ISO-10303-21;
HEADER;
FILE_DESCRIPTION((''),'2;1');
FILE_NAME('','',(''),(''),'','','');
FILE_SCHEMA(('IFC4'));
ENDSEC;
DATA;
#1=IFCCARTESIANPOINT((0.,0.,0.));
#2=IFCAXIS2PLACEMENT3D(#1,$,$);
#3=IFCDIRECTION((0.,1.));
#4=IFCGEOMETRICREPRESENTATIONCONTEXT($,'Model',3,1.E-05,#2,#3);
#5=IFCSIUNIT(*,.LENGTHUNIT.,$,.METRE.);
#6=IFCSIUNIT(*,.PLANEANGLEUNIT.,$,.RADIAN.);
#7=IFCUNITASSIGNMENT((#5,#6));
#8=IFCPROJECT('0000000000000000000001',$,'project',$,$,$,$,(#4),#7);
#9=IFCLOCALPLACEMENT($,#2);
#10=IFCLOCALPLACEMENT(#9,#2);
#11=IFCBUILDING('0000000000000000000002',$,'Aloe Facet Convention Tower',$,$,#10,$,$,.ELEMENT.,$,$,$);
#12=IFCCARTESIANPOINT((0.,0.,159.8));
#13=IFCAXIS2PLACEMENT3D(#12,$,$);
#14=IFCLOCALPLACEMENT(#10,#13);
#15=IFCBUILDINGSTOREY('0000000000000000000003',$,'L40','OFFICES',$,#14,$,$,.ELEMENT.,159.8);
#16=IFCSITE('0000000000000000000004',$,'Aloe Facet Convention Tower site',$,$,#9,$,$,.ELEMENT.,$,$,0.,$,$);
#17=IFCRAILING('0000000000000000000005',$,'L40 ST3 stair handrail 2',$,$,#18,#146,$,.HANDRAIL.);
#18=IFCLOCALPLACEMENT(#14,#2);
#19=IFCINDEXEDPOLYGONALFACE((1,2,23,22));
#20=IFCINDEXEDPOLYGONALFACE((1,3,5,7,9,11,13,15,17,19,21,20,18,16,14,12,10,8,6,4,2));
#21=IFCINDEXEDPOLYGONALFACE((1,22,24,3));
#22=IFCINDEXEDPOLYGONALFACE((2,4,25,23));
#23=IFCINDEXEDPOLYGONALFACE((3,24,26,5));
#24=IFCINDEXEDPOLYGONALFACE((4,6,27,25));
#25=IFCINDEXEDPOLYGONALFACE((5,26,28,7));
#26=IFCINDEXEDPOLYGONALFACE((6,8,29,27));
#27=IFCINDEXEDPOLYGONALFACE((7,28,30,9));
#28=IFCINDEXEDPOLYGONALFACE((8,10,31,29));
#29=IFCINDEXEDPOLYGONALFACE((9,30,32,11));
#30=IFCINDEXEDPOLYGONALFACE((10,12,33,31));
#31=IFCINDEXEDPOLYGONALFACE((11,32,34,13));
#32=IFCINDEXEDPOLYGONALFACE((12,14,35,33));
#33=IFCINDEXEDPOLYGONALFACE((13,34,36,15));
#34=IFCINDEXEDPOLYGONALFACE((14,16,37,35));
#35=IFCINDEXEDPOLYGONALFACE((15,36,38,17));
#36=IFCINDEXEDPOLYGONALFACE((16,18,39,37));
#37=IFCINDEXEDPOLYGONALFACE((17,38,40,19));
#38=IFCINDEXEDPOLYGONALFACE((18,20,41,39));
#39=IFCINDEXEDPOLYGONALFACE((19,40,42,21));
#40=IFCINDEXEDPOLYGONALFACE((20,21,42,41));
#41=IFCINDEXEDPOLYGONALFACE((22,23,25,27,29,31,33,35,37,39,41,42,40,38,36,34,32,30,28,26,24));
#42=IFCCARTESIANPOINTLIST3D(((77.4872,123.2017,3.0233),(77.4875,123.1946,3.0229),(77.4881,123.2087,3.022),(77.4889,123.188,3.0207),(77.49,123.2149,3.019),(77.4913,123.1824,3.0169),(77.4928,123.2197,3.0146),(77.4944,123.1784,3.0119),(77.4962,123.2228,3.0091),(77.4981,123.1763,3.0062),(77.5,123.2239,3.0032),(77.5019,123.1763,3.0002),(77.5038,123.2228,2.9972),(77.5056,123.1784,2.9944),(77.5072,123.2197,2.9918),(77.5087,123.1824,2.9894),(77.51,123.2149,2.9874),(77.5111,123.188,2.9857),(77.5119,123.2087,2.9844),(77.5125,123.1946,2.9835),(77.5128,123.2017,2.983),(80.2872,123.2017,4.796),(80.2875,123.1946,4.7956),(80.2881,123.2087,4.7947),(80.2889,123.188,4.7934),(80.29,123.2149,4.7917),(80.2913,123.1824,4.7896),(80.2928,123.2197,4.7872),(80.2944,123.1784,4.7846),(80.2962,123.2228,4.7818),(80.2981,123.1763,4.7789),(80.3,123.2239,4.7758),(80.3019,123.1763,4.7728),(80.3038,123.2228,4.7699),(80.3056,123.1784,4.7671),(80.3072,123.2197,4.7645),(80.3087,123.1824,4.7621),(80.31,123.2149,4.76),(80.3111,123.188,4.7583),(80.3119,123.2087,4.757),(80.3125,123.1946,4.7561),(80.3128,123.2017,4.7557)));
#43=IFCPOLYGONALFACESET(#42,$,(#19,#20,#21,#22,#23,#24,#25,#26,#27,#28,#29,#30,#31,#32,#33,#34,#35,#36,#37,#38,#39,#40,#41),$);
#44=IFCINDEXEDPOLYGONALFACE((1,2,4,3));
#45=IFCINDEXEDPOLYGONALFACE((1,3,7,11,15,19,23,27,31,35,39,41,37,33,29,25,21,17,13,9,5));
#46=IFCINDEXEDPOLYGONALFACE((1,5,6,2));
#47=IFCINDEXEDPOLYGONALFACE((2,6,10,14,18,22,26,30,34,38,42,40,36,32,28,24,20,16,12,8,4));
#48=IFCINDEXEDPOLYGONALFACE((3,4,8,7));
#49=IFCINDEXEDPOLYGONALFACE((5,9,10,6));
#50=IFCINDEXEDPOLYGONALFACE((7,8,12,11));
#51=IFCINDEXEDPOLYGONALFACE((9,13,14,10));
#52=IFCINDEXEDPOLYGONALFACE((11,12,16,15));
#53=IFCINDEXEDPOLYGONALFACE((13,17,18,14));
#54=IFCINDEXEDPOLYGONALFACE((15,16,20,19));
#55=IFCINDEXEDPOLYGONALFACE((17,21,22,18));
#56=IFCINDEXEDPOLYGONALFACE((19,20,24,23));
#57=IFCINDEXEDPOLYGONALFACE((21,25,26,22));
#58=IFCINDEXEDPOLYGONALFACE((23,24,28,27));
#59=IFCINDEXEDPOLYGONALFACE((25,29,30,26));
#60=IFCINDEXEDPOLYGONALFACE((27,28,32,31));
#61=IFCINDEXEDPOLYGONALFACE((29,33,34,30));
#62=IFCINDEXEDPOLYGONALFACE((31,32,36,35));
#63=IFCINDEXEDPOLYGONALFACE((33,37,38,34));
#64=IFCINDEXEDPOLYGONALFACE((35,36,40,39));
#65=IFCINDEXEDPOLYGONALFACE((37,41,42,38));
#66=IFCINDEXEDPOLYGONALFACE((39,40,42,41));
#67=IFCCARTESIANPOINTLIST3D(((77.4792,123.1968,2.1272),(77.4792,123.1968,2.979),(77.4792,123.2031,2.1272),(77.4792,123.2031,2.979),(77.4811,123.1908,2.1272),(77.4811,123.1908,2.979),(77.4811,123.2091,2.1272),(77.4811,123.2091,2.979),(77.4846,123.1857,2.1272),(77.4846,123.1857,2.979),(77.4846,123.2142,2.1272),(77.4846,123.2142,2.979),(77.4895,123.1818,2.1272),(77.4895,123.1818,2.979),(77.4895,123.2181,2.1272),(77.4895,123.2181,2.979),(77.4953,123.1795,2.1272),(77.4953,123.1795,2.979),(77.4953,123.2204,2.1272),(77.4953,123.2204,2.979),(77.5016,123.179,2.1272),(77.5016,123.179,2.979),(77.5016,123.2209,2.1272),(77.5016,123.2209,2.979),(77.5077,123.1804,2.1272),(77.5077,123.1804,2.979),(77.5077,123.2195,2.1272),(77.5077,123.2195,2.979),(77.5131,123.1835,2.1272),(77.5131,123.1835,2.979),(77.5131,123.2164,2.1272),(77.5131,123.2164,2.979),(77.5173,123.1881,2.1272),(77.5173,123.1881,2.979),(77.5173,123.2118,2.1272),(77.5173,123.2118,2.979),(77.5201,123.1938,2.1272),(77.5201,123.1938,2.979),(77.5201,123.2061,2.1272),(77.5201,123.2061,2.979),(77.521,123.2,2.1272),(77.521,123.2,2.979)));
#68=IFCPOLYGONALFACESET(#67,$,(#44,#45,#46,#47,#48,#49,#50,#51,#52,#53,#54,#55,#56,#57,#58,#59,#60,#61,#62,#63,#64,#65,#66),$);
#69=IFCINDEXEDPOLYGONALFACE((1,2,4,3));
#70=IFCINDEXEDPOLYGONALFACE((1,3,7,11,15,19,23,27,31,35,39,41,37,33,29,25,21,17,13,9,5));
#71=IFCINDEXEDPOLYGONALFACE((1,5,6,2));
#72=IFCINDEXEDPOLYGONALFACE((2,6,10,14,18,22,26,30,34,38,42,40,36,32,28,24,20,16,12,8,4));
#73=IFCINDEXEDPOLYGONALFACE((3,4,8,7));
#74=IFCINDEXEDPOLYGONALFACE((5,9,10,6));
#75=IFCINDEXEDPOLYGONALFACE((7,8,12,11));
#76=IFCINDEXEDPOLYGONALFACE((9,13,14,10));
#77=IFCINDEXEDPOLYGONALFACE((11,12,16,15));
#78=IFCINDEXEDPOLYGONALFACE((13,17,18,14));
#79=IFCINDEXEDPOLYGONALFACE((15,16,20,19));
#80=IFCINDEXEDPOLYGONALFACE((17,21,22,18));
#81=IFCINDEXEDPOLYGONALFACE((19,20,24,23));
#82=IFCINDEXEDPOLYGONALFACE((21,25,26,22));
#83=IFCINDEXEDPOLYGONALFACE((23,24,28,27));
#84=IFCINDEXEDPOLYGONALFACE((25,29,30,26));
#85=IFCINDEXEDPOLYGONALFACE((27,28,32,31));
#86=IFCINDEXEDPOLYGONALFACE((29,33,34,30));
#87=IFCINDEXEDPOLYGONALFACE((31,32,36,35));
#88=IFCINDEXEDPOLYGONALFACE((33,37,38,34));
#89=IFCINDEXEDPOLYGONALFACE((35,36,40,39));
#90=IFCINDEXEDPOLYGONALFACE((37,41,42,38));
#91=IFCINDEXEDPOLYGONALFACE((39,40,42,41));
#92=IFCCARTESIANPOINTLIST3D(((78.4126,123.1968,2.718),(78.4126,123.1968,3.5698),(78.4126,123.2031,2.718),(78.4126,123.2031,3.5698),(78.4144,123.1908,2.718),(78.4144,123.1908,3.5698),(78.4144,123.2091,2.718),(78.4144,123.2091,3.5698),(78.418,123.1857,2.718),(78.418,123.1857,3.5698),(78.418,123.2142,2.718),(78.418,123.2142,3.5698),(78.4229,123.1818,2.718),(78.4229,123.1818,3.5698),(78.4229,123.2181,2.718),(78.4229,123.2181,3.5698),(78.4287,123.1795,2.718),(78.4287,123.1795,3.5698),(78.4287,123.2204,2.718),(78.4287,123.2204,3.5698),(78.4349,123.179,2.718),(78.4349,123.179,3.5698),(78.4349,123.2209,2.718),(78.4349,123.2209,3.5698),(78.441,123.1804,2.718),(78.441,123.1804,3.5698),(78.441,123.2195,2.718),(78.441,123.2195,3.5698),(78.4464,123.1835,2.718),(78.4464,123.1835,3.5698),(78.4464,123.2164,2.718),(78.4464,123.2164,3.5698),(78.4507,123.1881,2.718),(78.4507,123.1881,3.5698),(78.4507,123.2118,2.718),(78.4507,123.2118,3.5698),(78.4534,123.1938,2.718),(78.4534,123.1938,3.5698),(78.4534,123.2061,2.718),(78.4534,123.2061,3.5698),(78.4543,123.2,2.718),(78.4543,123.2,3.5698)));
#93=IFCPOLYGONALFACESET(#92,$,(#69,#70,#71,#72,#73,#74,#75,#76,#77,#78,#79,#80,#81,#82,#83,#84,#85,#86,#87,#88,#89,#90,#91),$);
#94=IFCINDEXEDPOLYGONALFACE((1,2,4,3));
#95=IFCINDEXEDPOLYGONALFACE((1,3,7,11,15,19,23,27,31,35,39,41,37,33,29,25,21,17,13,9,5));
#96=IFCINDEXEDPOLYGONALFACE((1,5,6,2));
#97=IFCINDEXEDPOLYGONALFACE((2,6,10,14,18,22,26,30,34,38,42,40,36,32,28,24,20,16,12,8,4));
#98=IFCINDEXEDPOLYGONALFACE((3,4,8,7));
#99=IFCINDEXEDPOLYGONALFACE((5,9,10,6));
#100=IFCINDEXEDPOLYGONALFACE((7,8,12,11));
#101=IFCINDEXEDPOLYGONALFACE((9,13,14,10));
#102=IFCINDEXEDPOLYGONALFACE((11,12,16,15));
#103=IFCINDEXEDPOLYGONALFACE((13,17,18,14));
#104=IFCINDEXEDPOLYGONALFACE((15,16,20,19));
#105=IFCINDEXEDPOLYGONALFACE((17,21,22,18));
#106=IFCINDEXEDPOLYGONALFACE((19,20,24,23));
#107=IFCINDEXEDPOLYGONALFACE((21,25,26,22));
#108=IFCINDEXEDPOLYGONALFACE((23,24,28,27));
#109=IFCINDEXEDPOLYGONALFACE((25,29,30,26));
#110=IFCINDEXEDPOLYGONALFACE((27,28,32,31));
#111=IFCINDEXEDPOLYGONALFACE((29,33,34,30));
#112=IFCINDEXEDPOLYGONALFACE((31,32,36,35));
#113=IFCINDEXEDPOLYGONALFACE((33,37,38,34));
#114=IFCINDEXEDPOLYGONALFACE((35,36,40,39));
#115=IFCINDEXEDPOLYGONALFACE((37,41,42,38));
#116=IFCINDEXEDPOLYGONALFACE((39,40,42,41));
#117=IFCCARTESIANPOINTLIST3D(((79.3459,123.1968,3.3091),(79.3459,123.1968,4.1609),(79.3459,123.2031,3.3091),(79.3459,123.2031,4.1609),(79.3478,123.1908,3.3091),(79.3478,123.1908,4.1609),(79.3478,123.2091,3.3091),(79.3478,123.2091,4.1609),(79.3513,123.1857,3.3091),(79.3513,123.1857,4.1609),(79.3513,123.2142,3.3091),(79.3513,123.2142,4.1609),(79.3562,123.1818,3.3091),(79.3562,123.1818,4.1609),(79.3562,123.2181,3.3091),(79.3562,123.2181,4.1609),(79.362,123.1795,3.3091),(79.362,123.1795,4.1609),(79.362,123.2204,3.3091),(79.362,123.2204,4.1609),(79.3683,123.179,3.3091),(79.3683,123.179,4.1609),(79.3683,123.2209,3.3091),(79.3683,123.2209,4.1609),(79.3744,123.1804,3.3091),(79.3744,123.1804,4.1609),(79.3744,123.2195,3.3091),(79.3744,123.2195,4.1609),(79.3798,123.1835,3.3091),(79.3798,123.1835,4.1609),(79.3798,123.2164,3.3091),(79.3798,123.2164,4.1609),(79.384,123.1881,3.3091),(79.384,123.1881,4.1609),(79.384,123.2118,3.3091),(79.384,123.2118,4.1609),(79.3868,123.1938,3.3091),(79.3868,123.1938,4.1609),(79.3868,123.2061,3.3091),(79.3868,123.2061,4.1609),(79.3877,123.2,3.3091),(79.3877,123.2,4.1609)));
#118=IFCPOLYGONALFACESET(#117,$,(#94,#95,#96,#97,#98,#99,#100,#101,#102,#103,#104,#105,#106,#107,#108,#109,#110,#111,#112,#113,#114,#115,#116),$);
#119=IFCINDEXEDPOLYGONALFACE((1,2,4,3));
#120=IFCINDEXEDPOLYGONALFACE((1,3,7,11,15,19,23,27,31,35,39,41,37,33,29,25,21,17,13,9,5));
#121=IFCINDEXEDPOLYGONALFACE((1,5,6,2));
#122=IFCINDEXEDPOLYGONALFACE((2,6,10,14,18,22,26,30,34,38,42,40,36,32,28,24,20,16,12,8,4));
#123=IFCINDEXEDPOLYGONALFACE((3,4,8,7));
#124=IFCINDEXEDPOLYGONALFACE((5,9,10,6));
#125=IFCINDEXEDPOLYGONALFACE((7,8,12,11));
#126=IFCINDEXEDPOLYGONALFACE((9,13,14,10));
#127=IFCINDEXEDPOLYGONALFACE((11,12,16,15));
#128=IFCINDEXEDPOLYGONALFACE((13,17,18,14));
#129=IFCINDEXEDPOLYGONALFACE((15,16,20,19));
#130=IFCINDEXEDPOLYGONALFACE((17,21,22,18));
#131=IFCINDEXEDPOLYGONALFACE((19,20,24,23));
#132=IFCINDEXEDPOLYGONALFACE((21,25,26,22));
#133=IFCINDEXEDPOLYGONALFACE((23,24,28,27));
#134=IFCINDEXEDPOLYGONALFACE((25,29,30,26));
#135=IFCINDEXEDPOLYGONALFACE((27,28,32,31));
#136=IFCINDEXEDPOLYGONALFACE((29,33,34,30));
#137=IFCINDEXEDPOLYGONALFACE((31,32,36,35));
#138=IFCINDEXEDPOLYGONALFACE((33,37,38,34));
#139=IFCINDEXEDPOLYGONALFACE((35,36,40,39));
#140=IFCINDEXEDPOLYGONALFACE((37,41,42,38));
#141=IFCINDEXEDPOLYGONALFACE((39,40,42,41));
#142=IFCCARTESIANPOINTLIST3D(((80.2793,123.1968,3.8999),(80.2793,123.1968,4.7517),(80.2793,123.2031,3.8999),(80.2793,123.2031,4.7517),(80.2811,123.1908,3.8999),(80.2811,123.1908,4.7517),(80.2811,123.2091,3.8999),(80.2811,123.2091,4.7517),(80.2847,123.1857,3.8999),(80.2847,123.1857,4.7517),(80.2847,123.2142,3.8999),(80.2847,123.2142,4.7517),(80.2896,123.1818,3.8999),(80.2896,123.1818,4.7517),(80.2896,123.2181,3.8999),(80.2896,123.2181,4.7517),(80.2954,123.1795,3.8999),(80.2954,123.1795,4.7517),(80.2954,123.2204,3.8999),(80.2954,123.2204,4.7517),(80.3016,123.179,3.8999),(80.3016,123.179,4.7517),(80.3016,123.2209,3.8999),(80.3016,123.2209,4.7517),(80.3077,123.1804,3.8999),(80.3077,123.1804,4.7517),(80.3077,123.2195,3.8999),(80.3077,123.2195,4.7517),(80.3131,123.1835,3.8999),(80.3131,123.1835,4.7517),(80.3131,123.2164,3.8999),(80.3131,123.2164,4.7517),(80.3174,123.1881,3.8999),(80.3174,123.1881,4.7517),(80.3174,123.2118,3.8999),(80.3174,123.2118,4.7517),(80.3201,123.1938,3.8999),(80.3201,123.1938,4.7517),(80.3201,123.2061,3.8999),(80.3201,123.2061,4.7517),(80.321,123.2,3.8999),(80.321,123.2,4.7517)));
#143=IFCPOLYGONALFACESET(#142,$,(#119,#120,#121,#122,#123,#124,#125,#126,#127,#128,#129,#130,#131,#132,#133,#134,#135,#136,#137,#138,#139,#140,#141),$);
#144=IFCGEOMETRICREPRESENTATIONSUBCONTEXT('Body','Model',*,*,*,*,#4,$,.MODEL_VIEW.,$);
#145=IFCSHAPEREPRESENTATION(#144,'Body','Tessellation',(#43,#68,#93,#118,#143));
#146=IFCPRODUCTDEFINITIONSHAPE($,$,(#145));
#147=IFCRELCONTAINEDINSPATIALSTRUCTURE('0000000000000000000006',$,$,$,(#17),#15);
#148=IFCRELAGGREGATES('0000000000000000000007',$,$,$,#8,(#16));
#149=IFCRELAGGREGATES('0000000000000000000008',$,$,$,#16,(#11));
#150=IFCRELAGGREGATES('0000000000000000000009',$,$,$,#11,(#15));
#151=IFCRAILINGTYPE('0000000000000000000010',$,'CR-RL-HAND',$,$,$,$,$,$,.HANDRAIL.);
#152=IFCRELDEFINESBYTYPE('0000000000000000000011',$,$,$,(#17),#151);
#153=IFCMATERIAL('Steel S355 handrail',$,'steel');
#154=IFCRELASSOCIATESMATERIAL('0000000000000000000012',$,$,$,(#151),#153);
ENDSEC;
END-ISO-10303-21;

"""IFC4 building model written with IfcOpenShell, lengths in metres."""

from ifc_helpers import new_model, si_unit, direction, frame, origin, origin_2d, place, context, subcontext, project, spatial, circle, extrude, material, type_object, element, save


model = new_model("IFC4")

# Units and contexts
model_context = context("Model", 3, precision=1e-05, world=origin(), true_north=direction((0.0, 1.0)))
body_context = subcontext(model_context, "Body", "Model", "MODEL_VIEW")
ifc_project = project(units=[si_unit("LENGTHUNIT", "METRE"), si_unit("PLANEANGLEUNIT", "RADIAN")], contexts=[model_context])

# Site, building, storey
site_placement = place(None, origin())
site = spatial("IfcSite", under=ifc_project, at=site_placement, Name="Aloe Facet Convention Tower site", CompositionType="ELEMENT", RefElevation=0.0)
building_placement = place(site_placement, origin())
building = spatial("IfcBuilding", under=site, at=building_placement, Name="Aloe Facet Convention Tower", CompositionType="ELEMENT")
storey_placement = place(building_placement, frame((0.0, 0.0, 159.8)))
storey = spatial("IfcBuildingStorey", under=building, at=storey_placement, Name="L40", Description="OFFICES", CompositionType="ELEMENT", Elevation=159.8)

# Railing
ifc_material_1 = material(Name="Steel S355 handrail", Category="steel")
railing_type_1 = type_object("IfcRailingType", Name="CR-RL-HAND", PredefinedType="HANDRAIL", material=ifc_material_1)
railing_1_placement = place(storey_placement, frame((77.5, 123.2, 2.1272)))
element("IfcRailing", 1, at=railing_1_placement, inside=storey, type_object=railing_type_1, Name="L40 ST3 stair handrail 2", PredefinedType="HANDRAIL", context=body_context, shape_type="SweptSolid", body=[
    extrude(circle(Radius=0.0239, at=origin_2d()), frame((0.0, 0.0, 0.876), z_axis=(0.844909, 0.0, 0.53491), x_axis=(0.0, 1.0, 0.0)), (0.0, 0.0, 1.0), 3.314),
    extrude(circle(Radius=0.021, at=origin_2d()), origin(), (0.0, 0.0, 1.0), 0.8518),
    extrude(circle(Radius=0.021, at=origin_2d()), frame((0.9333, 0.0, 0.5908)), (0.0, 0.0, 1.0), 0.8518),
    extrude(circle(Radius=0.021, at=origin_2d()), frame((1.8667, 0.0, 1.1819)), (0.0, 0.0, 1.0), 0.8518),
    extrude(circle(Radius=0.021, at=origin_2d()), frame((2.8, 0.0, 1.7727)), (0.0, 0.0, 1.0), 0.8518),
])

save(model, "model.ifc")
